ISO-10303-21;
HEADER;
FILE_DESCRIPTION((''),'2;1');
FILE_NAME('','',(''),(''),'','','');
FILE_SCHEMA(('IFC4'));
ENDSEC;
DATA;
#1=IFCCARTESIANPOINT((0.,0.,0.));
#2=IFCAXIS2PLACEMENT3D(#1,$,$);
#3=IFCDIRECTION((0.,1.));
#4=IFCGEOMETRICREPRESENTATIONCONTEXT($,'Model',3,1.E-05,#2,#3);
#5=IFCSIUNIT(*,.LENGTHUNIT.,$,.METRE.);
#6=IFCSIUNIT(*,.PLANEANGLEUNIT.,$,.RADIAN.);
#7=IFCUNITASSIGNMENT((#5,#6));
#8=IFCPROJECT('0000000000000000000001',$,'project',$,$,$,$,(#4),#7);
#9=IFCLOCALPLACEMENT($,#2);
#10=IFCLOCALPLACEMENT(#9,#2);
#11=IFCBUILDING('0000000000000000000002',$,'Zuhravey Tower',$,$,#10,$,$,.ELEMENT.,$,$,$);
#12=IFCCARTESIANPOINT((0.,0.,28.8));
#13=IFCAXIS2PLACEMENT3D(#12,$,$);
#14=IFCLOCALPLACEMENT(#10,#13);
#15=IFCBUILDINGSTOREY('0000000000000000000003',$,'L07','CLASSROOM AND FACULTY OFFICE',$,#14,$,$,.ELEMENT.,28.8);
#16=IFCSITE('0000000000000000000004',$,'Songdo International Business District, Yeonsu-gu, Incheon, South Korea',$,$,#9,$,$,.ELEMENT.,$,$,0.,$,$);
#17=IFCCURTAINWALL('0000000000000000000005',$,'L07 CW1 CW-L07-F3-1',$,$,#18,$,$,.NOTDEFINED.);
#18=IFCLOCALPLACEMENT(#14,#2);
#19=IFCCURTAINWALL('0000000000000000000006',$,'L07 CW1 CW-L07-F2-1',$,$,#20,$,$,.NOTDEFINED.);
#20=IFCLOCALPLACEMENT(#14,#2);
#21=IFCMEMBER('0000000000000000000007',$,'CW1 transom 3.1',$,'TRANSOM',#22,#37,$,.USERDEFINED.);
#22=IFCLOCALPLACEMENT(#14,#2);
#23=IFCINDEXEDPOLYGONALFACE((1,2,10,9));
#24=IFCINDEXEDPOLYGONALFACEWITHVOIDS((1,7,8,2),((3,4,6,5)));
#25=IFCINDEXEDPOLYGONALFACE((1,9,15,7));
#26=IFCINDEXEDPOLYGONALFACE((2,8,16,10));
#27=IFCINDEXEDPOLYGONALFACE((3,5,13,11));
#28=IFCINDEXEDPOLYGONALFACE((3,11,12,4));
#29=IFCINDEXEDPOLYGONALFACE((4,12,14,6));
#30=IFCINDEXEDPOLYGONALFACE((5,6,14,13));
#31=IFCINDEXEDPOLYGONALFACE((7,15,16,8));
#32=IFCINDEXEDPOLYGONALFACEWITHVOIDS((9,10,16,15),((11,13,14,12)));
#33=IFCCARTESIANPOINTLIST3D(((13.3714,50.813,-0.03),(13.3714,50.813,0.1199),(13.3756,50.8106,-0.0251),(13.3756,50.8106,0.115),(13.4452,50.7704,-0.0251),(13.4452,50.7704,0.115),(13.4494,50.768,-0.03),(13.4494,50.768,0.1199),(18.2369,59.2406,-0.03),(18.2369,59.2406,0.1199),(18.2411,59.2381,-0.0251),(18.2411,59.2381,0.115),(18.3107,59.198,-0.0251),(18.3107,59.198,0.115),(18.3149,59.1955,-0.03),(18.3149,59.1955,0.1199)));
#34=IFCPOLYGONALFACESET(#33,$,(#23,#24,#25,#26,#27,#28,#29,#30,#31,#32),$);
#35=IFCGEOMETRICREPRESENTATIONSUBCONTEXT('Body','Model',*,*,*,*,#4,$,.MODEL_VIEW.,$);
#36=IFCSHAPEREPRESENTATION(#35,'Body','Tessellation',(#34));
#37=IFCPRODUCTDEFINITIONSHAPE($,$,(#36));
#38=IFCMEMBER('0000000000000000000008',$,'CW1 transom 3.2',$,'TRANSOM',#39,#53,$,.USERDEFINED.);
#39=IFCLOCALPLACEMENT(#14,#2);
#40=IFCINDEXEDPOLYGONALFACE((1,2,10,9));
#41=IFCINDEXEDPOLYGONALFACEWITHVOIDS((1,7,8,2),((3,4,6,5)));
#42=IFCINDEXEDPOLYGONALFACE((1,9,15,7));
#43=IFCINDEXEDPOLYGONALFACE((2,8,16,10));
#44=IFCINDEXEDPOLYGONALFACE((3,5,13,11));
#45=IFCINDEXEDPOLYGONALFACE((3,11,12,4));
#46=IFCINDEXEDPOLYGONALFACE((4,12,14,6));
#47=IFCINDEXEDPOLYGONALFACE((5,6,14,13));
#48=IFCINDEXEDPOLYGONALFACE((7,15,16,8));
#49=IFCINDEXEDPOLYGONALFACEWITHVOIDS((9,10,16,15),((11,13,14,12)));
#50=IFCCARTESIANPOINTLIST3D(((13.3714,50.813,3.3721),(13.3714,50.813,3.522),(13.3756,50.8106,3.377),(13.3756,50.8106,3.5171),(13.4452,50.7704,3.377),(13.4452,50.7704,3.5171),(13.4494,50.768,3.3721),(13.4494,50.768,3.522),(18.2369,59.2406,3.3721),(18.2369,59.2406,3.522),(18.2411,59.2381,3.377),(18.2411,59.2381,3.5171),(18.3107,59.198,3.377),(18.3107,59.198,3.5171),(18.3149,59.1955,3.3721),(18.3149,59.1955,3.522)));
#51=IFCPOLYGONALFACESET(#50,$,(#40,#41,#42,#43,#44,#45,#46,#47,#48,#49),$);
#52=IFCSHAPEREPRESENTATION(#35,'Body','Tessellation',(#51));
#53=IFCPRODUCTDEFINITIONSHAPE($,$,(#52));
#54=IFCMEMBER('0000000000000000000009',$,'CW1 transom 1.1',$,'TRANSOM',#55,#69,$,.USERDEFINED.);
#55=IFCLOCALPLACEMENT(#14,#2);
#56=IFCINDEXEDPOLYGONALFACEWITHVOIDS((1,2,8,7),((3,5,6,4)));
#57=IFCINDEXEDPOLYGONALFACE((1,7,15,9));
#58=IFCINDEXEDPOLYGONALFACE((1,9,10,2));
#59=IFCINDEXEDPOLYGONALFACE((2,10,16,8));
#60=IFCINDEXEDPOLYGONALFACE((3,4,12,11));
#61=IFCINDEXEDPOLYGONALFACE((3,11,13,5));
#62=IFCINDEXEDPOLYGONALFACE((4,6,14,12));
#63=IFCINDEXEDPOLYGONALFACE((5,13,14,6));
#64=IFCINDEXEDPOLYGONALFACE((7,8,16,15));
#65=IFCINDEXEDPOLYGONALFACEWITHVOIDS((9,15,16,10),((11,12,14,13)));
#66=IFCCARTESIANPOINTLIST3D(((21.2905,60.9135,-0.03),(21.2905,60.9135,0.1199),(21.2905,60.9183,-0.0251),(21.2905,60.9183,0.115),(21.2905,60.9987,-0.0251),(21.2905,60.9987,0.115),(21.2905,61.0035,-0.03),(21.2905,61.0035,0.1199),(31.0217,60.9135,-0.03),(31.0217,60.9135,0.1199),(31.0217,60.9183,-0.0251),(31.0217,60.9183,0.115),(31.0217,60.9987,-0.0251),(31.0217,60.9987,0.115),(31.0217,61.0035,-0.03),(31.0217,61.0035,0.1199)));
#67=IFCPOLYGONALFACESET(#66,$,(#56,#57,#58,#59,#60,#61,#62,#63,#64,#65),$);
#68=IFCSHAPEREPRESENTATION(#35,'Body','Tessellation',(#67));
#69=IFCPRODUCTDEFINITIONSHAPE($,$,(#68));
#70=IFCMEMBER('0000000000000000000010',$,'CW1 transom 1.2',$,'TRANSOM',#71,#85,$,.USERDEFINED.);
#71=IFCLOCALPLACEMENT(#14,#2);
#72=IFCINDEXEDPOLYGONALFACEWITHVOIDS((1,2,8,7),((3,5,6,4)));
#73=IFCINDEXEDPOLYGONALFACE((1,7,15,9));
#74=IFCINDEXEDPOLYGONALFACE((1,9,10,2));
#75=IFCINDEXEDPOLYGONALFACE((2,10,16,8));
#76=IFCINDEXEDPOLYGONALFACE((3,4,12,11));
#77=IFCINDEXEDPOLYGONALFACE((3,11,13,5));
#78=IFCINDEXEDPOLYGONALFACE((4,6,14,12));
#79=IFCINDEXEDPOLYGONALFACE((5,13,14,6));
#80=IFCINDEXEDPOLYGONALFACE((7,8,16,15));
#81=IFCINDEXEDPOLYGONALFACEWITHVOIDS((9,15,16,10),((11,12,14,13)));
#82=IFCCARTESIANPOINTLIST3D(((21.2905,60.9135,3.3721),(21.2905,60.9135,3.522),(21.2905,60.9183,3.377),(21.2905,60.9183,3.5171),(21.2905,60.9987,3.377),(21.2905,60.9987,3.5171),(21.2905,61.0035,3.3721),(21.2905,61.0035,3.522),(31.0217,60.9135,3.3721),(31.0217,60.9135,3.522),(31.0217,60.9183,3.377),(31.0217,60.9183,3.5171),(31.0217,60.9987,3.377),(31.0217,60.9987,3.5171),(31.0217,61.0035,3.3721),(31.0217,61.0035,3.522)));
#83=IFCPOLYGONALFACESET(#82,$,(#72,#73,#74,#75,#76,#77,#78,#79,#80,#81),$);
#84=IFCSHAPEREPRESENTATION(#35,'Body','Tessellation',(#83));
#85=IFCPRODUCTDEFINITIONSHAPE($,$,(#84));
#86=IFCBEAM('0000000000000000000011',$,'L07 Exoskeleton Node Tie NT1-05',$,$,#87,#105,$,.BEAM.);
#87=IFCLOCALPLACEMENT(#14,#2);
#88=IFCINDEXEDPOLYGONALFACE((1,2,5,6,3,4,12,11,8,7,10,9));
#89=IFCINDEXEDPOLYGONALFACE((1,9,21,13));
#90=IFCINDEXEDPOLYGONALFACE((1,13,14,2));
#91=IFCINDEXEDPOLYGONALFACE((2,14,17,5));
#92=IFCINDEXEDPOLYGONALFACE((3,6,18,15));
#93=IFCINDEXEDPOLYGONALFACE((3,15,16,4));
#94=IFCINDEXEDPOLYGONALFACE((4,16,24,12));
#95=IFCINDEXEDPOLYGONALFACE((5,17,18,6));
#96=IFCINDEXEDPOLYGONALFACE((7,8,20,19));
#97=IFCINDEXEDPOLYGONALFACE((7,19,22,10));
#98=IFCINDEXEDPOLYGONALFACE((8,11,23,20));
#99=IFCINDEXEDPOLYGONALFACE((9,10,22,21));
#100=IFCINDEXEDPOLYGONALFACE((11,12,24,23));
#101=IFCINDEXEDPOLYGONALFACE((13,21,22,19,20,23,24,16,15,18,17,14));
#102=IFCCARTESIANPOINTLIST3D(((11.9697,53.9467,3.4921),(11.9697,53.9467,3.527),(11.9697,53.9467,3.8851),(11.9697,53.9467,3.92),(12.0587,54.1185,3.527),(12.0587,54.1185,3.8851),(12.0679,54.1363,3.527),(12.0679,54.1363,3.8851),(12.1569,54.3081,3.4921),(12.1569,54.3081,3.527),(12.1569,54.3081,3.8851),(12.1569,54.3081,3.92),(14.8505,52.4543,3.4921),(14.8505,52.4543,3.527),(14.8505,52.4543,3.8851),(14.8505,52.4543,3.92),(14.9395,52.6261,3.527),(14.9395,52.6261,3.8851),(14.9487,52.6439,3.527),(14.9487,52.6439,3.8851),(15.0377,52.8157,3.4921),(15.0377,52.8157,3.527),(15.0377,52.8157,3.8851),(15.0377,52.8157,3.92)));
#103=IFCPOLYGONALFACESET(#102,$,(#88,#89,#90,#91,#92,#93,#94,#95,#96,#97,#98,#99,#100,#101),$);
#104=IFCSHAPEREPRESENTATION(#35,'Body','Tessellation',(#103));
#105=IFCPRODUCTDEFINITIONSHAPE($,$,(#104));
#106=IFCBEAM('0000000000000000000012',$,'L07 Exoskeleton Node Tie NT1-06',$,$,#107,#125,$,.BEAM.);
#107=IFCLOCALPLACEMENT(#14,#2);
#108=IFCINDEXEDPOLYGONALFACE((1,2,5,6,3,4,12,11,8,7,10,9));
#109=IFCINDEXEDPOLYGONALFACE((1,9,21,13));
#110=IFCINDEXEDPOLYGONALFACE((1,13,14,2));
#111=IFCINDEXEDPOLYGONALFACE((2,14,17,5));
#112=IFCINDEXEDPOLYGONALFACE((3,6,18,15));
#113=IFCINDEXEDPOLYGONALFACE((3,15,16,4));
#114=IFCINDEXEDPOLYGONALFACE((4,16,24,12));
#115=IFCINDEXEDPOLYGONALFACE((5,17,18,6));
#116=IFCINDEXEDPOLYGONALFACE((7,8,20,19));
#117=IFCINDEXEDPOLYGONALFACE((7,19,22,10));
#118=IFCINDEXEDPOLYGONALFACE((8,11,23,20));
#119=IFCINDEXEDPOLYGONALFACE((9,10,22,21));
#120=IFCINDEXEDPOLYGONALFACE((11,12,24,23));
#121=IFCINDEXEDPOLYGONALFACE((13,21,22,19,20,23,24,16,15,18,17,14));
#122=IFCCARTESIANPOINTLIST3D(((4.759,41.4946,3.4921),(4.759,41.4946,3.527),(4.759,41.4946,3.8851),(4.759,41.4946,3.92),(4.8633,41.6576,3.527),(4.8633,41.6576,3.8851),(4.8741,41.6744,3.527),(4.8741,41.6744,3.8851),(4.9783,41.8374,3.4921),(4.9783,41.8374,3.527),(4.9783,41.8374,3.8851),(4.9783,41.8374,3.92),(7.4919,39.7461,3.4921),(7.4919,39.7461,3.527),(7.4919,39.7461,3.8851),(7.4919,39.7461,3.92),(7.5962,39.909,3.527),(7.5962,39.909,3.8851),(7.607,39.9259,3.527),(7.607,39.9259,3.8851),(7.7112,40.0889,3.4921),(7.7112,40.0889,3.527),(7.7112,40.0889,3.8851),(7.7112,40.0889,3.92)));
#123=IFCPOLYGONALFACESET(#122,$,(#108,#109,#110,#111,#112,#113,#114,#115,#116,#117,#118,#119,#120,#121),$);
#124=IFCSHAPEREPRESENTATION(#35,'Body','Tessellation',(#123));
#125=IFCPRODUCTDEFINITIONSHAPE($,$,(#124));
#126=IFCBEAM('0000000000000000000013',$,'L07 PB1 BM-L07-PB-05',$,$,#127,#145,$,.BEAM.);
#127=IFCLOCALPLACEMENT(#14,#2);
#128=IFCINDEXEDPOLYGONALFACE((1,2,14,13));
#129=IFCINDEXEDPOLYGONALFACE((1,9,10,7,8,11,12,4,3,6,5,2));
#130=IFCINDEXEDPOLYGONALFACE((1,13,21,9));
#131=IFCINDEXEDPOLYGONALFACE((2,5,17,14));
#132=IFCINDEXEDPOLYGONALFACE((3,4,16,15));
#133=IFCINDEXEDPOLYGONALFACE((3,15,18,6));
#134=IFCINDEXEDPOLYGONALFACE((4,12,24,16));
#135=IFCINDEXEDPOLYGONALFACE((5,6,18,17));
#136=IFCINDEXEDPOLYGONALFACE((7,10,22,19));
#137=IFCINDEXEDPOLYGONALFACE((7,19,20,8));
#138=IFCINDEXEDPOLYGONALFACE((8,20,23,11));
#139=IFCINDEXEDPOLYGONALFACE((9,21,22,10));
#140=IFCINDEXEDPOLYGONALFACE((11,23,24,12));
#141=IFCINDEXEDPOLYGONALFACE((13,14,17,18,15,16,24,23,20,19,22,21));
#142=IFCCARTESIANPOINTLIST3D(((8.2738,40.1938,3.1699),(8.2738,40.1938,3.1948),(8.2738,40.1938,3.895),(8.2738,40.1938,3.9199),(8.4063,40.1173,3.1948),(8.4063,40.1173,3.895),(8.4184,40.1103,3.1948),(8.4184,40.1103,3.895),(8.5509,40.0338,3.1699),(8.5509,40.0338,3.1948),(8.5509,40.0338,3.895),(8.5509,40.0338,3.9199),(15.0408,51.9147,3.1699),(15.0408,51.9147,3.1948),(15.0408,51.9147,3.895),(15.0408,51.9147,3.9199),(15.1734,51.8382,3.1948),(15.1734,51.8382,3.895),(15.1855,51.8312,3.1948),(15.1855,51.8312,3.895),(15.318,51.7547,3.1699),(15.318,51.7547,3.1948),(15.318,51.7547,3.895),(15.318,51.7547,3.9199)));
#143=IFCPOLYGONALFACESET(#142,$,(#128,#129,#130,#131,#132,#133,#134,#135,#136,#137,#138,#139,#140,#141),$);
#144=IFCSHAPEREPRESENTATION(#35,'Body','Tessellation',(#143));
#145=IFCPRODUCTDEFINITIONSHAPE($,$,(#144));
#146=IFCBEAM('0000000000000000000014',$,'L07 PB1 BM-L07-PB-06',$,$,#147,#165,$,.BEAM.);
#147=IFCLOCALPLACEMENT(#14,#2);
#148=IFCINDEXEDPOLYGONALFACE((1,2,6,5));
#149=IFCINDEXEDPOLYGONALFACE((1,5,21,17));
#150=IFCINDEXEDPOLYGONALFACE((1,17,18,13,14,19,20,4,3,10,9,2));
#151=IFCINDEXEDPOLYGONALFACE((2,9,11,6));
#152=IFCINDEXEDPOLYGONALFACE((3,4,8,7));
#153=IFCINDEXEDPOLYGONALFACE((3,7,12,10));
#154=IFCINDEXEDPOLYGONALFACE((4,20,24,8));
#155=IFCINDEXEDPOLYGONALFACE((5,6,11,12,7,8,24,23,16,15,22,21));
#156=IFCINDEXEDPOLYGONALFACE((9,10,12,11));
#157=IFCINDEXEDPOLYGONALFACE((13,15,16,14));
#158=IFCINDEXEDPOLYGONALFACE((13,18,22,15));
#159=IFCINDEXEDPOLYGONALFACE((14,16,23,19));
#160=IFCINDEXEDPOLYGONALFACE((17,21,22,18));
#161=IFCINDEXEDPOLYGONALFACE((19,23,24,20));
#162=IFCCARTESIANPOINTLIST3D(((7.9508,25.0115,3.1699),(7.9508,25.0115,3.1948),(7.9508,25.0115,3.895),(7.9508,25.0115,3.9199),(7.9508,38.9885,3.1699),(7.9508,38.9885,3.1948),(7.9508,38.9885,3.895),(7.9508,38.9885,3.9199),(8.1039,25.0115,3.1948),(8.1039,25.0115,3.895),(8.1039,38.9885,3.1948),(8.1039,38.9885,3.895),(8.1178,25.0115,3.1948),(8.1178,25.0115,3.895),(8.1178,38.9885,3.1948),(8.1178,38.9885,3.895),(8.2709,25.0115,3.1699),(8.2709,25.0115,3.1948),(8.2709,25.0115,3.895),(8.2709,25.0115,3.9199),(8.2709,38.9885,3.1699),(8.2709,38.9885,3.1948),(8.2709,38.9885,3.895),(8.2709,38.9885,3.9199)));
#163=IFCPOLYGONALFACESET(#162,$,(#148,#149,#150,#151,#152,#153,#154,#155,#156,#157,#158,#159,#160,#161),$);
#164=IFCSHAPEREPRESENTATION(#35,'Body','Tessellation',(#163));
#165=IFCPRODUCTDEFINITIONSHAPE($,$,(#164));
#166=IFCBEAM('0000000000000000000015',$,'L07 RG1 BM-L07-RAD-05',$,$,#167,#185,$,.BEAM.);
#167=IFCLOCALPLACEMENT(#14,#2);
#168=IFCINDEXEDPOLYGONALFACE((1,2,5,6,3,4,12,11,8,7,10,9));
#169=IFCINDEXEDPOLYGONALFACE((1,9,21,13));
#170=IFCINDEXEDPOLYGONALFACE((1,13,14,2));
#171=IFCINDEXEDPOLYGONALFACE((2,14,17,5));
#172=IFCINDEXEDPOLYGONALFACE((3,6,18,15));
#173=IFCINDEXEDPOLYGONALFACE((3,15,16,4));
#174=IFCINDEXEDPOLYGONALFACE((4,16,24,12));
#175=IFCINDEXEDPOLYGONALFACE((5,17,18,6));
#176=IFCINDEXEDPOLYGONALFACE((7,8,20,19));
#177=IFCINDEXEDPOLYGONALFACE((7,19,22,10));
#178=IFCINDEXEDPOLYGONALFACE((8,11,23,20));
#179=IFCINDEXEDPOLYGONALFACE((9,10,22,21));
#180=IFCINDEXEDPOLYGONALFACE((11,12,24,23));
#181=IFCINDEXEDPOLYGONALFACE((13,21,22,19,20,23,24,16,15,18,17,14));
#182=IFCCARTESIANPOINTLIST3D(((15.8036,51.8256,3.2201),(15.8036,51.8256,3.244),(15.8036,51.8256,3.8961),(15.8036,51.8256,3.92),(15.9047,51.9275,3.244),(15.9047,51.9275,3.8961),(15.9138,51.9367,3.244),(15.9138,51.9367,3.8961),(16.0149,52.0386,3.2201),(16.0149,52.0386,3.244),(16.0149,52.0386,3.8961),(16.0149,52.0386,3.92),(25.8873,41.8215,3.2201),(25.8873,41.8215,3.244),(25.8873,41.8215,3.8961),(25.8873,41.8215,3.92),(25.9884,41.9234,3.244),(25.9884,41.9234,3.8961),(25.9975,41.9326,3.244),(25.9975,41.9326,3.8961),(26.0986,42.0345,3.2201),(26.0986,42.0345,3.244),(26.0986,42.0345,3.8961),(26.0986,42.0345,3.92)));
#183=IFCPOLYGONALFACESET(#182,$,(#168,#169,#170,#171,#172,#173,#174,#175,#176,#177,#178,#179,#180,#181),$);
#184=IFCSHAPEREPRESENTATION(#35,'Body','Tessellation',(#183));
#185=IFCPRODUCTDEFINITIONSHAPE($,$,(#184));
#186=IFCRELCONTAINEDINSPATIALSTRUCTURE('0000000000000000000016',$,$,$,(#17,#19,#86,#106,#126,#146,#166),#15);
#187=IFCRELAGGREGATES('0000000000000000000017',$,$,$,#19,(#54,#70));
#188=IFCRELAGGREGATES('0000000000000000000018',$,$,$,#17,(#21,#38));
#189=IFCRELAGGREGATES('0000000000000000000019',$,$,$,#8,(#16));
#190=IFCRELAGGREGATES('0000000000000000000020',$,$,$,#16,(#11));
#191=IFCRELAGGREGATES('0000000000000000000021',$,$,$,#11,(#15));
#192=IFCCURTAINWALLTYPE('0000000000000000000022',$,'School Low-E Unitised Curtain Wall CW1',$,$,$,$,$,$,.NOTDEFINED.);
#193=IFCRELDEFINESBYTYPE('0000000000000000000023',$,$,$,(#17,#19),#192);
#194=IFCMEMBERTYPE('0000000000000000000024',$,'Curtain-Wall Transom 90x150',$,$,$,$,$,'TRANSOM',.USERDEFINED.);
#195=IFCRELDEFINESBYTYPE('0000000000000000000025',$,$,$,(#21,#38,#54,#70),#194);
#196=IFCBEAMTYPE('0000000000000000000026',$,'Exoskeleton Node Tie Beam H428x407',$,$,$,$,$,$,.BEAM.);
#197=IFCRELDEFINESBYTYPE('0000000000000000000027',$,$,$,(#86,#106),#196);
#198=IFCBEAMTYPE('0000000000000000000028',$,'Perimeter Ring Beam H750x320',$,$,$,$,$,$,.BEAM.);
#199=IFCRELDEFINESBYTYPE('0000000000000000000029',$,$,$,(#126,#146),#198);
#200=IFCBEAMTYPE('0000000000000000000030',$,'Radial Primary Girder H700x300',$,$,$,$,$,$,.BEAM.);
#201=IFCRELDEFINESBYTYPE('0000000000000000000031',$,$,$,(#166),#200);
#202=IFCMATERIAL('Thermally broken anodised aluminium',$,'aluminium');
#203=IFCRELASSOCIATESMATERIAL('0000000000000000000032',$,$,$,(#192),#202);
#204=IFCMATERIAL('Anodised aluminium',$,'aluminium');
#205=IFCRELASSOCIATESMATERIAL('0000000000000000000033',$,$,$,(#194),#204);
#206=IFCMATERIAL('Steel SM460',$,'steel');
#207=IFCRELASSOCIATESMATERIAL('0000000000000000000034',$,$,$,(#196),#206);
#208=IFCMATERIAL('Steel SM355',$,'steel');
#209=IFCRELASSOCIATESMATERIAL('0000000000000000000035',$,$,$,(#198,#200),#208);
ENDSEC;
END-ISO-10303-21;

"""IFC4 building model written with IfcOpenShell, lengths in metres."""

from ifc_helpers import new_model, si_unit, direction, frame, origin, origin_2d, place, context, subcontext, project, spatial, hollow_rectangle, i_section, extrude, material, material_profile, profile_set, type_object, element, aggregate, save


model = new_model("IFC4")

# Units and contexts
model_context = context("Model", 3, precision=1e-05, world=origin(), true_north=direction((0.0, 1.0)))
body_context = subcontext(model_context, "Body", "Model", "MODEL_VIEW")
ifc_project = project(units=[si_unit("LENGTHUNIT", "METRE"), si_unit("PLANEANGLEUNIT", "RADIAN")], contexts=[model_context])

# Site, building, storey
site_placement = place(None, origin())
site = spatial("IfcSite", under=ifc_project, at=site_placement, Name="Songdo International Business District, Yeonsu-gu, Incheon, South Korea", CompositionType="ELEMENT", RefElevation=0.0)
building_placement = place(site_placement, origin())
building = spatial("IfcBuilding", under=site, at=building_placement, Name="Zuhravey Tower", CompositionType="ELEMENT")
storey_placement = place(building_placement, frame((0.0, 0.0, 28.8)))
storey = spatial("IfcBuildingStorey", under=building, at=storey_placement, Name="L07", Description="CLASSROOM AND FACULTY OFFICE", CompositionType="ELEMENT", Elevation=28.8)

# Curtain wall
ifc_material_1 = material(Name="Thermally broken anodised aluminium", Category="aluminium")
curtain_wall_type = type_object("IfcCurtainWallType", Name="School Low-E Unitised Curtain Wall CW1", PredefinedType="NOTDEFINED", material=ifc_material_1)
curtain_wall_1_placement = place(storey_placement, origin())
curtain_wall_1 = element("IfcCurtainWall", 1, at=curtain_wall_1_placement, inside=storey, type_object=curtain_wall_type, Name="L07 CW1 CW-L07-F3-1", PredefinedType="NOTDEFINED")
ifc_material_2 = material(Name="Anodised aluminium", Category="aluminium")

# Curtain wall
curtain_wall_2_placement = place(storey_placement, origin())
curtain_wall_2 = element("IfcCurtainWall", 2, at=curtain_wall_2_placement, inside=storey, type_object=curtain_wall_type, Name="L07 CW1 CW-L07-F2-1", PredefinedType="NOTDEFINED")

# Members
ifc_material_profile_1 = material_profile(ifc_material_2, hollow_rectangle(XDim=0.0901, YDim=0.1499, WallThickness=0.0049, at=origin_2d()), Name="ALU-RHS-90x150x5")
ifc_profile_set_1 = profile_set([ifc_material_profile_1], Name="Anodised aluminium")
member_type_1 = type_object("IfcMemberType", Name="Curtain-Wall Transom 90x150", ElementType="TRANSOM", PredefinedType="USERDEFINED", material=ifc_profile_set_1)
member_1_placement = place(storey_placement, frame((13.4104, 50.7905, 0.0449), z_axis=(0.49999, 0.866031, 0.0), x_axis=(-0.866031, 0.49999, 0.0)))
member_1 = element("IfcMember", 3, at=member_1_placement, type_object=member_type_1, Name="CW1 transom 3.1", ObjectType="TRANSOM", PredefinedType="USERDEFINED", context=body_context, shape_type="SweptSolid", body=[
    extrude(hollow_rectangle(XDim=0.0901, YDim=0.1499, WallThickness=0.0049, at=origin_2d()), origin(), (0.0, 0.0, 1.0), 9.7312),
])
member_2_placement = place(storey_placement, frame((13.4104, 50.7905, 3.447), z_axis=(0.49999, 0.866031, 0.0), x_axis=(-0.866031, 0.49999, 0.0)))
member_2 = element("IfcMember", 4, at=member_2_placement, type_object=member_type_1, Name="CW1 transom 3.2", ObjectType="TRANSOM", PredefinedType="USERDEFINED", context=body_context, shape_type="SweptSolid", body=[
    extrude(hollow_rectangle(XDim=0.0901, YDim=0.1499, WallThickness=0.0049, at=origin_2d()), origin(), (0.0, 0.0, 1.0), 9.7312),
])
member_3_placement = place(storey_placement, frame((21.2905, 60.9585, 0.0449), z_axis=(1.0, 0.0, 0.0), x_axis=(0.0, 1.0, 0.0)))
member_3 = element("IfcMember", 5, at=member_3_placement, type_object=member_type_1, Name="CW1 transom 1.1", ObjectType="TRANSOM", PredefinedType="USERDEFINED", context=body_context, shape_type="SweptSolid", body=[
    extrude(hollow_rectangle(XDim=0.0901, YDim=0.1499, WallThickness=0.0049, at=origin_2d()), origin(), (0.0, 0.0, 1.0), 9.7312),
])
member_4_placement = place(storey_placement, frame((21.2905, 60.9585, 3.447), z_axis=(1.0, 0.0, 0.0), x_axis=(0.0, 1.0, 0.0)))
member_4 = element("IfcMember", 6, at=member_4_placement, type_object=member_type_1, Name="CW1 transom 1.2", ObjectType="TRANSOM", PredefinedType="USERDEFINED", context=body_context, shape_type="SweptSolid", body=[
    extrude(hollow_rectangle(XDim=0.0901, YDim=0.1499, WallThickness=0.0049, at=origin_2d()), origin(), (0.0, 0.0, 1.0), 9.7312),
])
aggregate(curtain_wall_2, [member_3, member_4])

# Beams
ifc_material_3 = material(Name="Steel SM460", Category="steel")
ifc_material_profile_2 = material_profile(ifc_material_3, i_section(OverallWidth=0.407, OverallDepth=0.428, WebThickness=0.02, FlangeThickness=0.0349, at=origin_2d()), Name="H-428x407x20x35")
ifc_profile_set_2 = profile_set([ifc_material_profile_2], Name="Steel SM460")
beam_type_1 = type_object("IfcBeamType", Name="Exoskeleton Node Tie Beam H428x407", PredefinedType="BEAM", material=ifc_profile_set_2)
for number, where, z_axis, x_axis, name in (
    (7, (14.9441, 52.635, 3.7061), (-0.887924, 0.45999, 0.0), (-0.45999, -0.887924, 0.0), "L07 Exoskeleton Node Tie NT1-05"),
    (8, (7.6016, 39.9175, 3.7061), (-0.842345, 0.538938, 0.0), (-0.538938, -0.842345, 0.0), "L07 Exoskeleton Node Tie NT1-06"),
):
    element("IfcBeam", number, at=place(storey_placement, frame(where, z_axis=z_axis, x_axis=x_axis)), inside=storey, type_object=beam_type_1, Name=name, PredefinedType="BEAM", context=body_context, shape_type="SweptSolid", body=[
        extrude(i_section(OverallWidth=0.407, OverallDepth=0.428, WebThickness=0.02, FlangeThickness=0.0349, at=origin_2d()), origin(), (0.0, 0.0, 1.0), 3.2444),
    ])
ifc_material_4 = material(Name="Steel SM355", Category="steel")
ifc_material_profile_3 = material_profile(ifc_material_4, i_section(OverallWidth=0.3201, OverallDepth=0.75, WebThickness=0.0139, FlangeThickness=0.0249, at=origin_2d()), Name="H-750x320x14x25")
ifc_profile_set_3 = profile_set([ifc_material_profile_3], Name="Steel SM355")
beam_type_2 = type_object("IfcBeamType", Name="Perimeter Ring Beam H750x320", PredefinedType="BEAM", material=ifc_profile_set_3)
beam_1_placement = place(storey_placement, frame((15.1794, 51.8347, 3.5449), z_axis=(-0.5, -0.866025, 0.0), x_axis=(0.866025, -0.5, 0.0)))
element("IfcBeam", 9, at=beam_1_placement, inside=storey, type_object=beam_type_2, Name="L07 PB1 BM-L07-PB-05", PredefinedType="BEAM", context=body_context, shape_type="SweptSolid", body=[
    extrude(i_section(OverallWidth=0.3201, OverallDepth=0.75, WebThickness=0.0139, FlangeThickness=0.0249, at=origin_2d()), origin(), (0.0, 0.0, 1.0), 13.5342),
])
beam_2_placement = place(storey_placement, frame((8.1108, 38.9885, 3.5449), z_axis=(0.0, -1.0, 0.0), x_axis=(1.0, 0.0, 0.0)))
element("IfcBeam", 10, at=beam_2_placement, inside=storey, type_object=beam_type_2, Name="L07 PB1 BM-L07-PB-06", PredefinedType="BEAM", context=body_context, shape_type="SweptSolid", body=[
    extrude(i_section(OverallWidth=0.3201, OverallDepth=0.75, WebThickness=0.0139, FlangeThickness=0.0249, at=origin_2d()), origin(), (0.0, 0.0, 1.0), 13.9771),
])
ifc_material_profile_4 = material_profile(ifc_material_4, i_section(OverallWidth=0.3, OverallDepth=0.7, WebThickness=0.0129, FlangeThickness=0.0239, at=origin_2d()), Name="H-700x300x13x24")
ifc_profile_set_4 = profile_set([ifc_material_profile_4], Name="Steel SM355")
beam_type_3 = type_object("IfcBeamType", Name="Radial Primary Girder H700x300", PredefinedType="BEAM", material=ifc_profile_set_4)
beam_3_placement = place(storey_placement, frame((25.9929, 41.928, 3.5701), z_axis=(-0.709903, 0.7043, 0.0), x_axis=(-0.7043, -0.709903, 0.0)))
element("IfcBeam", 11, at=beam_3_placement, inside=storey, type_object=beam_type_3, Name="L07 RG1 BM-L07-RAD-05", PredefinedType="BEAM", context=body_context, shape_type="SweptSolid", body=[
    extrude(i_section(OverallWidth=0.3, OverallDepth=0.7, WebThickness=0.0129, FlangeThickness=0.0239, at=origin_2d()), origin(), (0.0, 0.0, 1.0), 14.2043),
])

aggregate(curtain_wall_1, [member_1, member_2])

save(model, "model.ifc")
